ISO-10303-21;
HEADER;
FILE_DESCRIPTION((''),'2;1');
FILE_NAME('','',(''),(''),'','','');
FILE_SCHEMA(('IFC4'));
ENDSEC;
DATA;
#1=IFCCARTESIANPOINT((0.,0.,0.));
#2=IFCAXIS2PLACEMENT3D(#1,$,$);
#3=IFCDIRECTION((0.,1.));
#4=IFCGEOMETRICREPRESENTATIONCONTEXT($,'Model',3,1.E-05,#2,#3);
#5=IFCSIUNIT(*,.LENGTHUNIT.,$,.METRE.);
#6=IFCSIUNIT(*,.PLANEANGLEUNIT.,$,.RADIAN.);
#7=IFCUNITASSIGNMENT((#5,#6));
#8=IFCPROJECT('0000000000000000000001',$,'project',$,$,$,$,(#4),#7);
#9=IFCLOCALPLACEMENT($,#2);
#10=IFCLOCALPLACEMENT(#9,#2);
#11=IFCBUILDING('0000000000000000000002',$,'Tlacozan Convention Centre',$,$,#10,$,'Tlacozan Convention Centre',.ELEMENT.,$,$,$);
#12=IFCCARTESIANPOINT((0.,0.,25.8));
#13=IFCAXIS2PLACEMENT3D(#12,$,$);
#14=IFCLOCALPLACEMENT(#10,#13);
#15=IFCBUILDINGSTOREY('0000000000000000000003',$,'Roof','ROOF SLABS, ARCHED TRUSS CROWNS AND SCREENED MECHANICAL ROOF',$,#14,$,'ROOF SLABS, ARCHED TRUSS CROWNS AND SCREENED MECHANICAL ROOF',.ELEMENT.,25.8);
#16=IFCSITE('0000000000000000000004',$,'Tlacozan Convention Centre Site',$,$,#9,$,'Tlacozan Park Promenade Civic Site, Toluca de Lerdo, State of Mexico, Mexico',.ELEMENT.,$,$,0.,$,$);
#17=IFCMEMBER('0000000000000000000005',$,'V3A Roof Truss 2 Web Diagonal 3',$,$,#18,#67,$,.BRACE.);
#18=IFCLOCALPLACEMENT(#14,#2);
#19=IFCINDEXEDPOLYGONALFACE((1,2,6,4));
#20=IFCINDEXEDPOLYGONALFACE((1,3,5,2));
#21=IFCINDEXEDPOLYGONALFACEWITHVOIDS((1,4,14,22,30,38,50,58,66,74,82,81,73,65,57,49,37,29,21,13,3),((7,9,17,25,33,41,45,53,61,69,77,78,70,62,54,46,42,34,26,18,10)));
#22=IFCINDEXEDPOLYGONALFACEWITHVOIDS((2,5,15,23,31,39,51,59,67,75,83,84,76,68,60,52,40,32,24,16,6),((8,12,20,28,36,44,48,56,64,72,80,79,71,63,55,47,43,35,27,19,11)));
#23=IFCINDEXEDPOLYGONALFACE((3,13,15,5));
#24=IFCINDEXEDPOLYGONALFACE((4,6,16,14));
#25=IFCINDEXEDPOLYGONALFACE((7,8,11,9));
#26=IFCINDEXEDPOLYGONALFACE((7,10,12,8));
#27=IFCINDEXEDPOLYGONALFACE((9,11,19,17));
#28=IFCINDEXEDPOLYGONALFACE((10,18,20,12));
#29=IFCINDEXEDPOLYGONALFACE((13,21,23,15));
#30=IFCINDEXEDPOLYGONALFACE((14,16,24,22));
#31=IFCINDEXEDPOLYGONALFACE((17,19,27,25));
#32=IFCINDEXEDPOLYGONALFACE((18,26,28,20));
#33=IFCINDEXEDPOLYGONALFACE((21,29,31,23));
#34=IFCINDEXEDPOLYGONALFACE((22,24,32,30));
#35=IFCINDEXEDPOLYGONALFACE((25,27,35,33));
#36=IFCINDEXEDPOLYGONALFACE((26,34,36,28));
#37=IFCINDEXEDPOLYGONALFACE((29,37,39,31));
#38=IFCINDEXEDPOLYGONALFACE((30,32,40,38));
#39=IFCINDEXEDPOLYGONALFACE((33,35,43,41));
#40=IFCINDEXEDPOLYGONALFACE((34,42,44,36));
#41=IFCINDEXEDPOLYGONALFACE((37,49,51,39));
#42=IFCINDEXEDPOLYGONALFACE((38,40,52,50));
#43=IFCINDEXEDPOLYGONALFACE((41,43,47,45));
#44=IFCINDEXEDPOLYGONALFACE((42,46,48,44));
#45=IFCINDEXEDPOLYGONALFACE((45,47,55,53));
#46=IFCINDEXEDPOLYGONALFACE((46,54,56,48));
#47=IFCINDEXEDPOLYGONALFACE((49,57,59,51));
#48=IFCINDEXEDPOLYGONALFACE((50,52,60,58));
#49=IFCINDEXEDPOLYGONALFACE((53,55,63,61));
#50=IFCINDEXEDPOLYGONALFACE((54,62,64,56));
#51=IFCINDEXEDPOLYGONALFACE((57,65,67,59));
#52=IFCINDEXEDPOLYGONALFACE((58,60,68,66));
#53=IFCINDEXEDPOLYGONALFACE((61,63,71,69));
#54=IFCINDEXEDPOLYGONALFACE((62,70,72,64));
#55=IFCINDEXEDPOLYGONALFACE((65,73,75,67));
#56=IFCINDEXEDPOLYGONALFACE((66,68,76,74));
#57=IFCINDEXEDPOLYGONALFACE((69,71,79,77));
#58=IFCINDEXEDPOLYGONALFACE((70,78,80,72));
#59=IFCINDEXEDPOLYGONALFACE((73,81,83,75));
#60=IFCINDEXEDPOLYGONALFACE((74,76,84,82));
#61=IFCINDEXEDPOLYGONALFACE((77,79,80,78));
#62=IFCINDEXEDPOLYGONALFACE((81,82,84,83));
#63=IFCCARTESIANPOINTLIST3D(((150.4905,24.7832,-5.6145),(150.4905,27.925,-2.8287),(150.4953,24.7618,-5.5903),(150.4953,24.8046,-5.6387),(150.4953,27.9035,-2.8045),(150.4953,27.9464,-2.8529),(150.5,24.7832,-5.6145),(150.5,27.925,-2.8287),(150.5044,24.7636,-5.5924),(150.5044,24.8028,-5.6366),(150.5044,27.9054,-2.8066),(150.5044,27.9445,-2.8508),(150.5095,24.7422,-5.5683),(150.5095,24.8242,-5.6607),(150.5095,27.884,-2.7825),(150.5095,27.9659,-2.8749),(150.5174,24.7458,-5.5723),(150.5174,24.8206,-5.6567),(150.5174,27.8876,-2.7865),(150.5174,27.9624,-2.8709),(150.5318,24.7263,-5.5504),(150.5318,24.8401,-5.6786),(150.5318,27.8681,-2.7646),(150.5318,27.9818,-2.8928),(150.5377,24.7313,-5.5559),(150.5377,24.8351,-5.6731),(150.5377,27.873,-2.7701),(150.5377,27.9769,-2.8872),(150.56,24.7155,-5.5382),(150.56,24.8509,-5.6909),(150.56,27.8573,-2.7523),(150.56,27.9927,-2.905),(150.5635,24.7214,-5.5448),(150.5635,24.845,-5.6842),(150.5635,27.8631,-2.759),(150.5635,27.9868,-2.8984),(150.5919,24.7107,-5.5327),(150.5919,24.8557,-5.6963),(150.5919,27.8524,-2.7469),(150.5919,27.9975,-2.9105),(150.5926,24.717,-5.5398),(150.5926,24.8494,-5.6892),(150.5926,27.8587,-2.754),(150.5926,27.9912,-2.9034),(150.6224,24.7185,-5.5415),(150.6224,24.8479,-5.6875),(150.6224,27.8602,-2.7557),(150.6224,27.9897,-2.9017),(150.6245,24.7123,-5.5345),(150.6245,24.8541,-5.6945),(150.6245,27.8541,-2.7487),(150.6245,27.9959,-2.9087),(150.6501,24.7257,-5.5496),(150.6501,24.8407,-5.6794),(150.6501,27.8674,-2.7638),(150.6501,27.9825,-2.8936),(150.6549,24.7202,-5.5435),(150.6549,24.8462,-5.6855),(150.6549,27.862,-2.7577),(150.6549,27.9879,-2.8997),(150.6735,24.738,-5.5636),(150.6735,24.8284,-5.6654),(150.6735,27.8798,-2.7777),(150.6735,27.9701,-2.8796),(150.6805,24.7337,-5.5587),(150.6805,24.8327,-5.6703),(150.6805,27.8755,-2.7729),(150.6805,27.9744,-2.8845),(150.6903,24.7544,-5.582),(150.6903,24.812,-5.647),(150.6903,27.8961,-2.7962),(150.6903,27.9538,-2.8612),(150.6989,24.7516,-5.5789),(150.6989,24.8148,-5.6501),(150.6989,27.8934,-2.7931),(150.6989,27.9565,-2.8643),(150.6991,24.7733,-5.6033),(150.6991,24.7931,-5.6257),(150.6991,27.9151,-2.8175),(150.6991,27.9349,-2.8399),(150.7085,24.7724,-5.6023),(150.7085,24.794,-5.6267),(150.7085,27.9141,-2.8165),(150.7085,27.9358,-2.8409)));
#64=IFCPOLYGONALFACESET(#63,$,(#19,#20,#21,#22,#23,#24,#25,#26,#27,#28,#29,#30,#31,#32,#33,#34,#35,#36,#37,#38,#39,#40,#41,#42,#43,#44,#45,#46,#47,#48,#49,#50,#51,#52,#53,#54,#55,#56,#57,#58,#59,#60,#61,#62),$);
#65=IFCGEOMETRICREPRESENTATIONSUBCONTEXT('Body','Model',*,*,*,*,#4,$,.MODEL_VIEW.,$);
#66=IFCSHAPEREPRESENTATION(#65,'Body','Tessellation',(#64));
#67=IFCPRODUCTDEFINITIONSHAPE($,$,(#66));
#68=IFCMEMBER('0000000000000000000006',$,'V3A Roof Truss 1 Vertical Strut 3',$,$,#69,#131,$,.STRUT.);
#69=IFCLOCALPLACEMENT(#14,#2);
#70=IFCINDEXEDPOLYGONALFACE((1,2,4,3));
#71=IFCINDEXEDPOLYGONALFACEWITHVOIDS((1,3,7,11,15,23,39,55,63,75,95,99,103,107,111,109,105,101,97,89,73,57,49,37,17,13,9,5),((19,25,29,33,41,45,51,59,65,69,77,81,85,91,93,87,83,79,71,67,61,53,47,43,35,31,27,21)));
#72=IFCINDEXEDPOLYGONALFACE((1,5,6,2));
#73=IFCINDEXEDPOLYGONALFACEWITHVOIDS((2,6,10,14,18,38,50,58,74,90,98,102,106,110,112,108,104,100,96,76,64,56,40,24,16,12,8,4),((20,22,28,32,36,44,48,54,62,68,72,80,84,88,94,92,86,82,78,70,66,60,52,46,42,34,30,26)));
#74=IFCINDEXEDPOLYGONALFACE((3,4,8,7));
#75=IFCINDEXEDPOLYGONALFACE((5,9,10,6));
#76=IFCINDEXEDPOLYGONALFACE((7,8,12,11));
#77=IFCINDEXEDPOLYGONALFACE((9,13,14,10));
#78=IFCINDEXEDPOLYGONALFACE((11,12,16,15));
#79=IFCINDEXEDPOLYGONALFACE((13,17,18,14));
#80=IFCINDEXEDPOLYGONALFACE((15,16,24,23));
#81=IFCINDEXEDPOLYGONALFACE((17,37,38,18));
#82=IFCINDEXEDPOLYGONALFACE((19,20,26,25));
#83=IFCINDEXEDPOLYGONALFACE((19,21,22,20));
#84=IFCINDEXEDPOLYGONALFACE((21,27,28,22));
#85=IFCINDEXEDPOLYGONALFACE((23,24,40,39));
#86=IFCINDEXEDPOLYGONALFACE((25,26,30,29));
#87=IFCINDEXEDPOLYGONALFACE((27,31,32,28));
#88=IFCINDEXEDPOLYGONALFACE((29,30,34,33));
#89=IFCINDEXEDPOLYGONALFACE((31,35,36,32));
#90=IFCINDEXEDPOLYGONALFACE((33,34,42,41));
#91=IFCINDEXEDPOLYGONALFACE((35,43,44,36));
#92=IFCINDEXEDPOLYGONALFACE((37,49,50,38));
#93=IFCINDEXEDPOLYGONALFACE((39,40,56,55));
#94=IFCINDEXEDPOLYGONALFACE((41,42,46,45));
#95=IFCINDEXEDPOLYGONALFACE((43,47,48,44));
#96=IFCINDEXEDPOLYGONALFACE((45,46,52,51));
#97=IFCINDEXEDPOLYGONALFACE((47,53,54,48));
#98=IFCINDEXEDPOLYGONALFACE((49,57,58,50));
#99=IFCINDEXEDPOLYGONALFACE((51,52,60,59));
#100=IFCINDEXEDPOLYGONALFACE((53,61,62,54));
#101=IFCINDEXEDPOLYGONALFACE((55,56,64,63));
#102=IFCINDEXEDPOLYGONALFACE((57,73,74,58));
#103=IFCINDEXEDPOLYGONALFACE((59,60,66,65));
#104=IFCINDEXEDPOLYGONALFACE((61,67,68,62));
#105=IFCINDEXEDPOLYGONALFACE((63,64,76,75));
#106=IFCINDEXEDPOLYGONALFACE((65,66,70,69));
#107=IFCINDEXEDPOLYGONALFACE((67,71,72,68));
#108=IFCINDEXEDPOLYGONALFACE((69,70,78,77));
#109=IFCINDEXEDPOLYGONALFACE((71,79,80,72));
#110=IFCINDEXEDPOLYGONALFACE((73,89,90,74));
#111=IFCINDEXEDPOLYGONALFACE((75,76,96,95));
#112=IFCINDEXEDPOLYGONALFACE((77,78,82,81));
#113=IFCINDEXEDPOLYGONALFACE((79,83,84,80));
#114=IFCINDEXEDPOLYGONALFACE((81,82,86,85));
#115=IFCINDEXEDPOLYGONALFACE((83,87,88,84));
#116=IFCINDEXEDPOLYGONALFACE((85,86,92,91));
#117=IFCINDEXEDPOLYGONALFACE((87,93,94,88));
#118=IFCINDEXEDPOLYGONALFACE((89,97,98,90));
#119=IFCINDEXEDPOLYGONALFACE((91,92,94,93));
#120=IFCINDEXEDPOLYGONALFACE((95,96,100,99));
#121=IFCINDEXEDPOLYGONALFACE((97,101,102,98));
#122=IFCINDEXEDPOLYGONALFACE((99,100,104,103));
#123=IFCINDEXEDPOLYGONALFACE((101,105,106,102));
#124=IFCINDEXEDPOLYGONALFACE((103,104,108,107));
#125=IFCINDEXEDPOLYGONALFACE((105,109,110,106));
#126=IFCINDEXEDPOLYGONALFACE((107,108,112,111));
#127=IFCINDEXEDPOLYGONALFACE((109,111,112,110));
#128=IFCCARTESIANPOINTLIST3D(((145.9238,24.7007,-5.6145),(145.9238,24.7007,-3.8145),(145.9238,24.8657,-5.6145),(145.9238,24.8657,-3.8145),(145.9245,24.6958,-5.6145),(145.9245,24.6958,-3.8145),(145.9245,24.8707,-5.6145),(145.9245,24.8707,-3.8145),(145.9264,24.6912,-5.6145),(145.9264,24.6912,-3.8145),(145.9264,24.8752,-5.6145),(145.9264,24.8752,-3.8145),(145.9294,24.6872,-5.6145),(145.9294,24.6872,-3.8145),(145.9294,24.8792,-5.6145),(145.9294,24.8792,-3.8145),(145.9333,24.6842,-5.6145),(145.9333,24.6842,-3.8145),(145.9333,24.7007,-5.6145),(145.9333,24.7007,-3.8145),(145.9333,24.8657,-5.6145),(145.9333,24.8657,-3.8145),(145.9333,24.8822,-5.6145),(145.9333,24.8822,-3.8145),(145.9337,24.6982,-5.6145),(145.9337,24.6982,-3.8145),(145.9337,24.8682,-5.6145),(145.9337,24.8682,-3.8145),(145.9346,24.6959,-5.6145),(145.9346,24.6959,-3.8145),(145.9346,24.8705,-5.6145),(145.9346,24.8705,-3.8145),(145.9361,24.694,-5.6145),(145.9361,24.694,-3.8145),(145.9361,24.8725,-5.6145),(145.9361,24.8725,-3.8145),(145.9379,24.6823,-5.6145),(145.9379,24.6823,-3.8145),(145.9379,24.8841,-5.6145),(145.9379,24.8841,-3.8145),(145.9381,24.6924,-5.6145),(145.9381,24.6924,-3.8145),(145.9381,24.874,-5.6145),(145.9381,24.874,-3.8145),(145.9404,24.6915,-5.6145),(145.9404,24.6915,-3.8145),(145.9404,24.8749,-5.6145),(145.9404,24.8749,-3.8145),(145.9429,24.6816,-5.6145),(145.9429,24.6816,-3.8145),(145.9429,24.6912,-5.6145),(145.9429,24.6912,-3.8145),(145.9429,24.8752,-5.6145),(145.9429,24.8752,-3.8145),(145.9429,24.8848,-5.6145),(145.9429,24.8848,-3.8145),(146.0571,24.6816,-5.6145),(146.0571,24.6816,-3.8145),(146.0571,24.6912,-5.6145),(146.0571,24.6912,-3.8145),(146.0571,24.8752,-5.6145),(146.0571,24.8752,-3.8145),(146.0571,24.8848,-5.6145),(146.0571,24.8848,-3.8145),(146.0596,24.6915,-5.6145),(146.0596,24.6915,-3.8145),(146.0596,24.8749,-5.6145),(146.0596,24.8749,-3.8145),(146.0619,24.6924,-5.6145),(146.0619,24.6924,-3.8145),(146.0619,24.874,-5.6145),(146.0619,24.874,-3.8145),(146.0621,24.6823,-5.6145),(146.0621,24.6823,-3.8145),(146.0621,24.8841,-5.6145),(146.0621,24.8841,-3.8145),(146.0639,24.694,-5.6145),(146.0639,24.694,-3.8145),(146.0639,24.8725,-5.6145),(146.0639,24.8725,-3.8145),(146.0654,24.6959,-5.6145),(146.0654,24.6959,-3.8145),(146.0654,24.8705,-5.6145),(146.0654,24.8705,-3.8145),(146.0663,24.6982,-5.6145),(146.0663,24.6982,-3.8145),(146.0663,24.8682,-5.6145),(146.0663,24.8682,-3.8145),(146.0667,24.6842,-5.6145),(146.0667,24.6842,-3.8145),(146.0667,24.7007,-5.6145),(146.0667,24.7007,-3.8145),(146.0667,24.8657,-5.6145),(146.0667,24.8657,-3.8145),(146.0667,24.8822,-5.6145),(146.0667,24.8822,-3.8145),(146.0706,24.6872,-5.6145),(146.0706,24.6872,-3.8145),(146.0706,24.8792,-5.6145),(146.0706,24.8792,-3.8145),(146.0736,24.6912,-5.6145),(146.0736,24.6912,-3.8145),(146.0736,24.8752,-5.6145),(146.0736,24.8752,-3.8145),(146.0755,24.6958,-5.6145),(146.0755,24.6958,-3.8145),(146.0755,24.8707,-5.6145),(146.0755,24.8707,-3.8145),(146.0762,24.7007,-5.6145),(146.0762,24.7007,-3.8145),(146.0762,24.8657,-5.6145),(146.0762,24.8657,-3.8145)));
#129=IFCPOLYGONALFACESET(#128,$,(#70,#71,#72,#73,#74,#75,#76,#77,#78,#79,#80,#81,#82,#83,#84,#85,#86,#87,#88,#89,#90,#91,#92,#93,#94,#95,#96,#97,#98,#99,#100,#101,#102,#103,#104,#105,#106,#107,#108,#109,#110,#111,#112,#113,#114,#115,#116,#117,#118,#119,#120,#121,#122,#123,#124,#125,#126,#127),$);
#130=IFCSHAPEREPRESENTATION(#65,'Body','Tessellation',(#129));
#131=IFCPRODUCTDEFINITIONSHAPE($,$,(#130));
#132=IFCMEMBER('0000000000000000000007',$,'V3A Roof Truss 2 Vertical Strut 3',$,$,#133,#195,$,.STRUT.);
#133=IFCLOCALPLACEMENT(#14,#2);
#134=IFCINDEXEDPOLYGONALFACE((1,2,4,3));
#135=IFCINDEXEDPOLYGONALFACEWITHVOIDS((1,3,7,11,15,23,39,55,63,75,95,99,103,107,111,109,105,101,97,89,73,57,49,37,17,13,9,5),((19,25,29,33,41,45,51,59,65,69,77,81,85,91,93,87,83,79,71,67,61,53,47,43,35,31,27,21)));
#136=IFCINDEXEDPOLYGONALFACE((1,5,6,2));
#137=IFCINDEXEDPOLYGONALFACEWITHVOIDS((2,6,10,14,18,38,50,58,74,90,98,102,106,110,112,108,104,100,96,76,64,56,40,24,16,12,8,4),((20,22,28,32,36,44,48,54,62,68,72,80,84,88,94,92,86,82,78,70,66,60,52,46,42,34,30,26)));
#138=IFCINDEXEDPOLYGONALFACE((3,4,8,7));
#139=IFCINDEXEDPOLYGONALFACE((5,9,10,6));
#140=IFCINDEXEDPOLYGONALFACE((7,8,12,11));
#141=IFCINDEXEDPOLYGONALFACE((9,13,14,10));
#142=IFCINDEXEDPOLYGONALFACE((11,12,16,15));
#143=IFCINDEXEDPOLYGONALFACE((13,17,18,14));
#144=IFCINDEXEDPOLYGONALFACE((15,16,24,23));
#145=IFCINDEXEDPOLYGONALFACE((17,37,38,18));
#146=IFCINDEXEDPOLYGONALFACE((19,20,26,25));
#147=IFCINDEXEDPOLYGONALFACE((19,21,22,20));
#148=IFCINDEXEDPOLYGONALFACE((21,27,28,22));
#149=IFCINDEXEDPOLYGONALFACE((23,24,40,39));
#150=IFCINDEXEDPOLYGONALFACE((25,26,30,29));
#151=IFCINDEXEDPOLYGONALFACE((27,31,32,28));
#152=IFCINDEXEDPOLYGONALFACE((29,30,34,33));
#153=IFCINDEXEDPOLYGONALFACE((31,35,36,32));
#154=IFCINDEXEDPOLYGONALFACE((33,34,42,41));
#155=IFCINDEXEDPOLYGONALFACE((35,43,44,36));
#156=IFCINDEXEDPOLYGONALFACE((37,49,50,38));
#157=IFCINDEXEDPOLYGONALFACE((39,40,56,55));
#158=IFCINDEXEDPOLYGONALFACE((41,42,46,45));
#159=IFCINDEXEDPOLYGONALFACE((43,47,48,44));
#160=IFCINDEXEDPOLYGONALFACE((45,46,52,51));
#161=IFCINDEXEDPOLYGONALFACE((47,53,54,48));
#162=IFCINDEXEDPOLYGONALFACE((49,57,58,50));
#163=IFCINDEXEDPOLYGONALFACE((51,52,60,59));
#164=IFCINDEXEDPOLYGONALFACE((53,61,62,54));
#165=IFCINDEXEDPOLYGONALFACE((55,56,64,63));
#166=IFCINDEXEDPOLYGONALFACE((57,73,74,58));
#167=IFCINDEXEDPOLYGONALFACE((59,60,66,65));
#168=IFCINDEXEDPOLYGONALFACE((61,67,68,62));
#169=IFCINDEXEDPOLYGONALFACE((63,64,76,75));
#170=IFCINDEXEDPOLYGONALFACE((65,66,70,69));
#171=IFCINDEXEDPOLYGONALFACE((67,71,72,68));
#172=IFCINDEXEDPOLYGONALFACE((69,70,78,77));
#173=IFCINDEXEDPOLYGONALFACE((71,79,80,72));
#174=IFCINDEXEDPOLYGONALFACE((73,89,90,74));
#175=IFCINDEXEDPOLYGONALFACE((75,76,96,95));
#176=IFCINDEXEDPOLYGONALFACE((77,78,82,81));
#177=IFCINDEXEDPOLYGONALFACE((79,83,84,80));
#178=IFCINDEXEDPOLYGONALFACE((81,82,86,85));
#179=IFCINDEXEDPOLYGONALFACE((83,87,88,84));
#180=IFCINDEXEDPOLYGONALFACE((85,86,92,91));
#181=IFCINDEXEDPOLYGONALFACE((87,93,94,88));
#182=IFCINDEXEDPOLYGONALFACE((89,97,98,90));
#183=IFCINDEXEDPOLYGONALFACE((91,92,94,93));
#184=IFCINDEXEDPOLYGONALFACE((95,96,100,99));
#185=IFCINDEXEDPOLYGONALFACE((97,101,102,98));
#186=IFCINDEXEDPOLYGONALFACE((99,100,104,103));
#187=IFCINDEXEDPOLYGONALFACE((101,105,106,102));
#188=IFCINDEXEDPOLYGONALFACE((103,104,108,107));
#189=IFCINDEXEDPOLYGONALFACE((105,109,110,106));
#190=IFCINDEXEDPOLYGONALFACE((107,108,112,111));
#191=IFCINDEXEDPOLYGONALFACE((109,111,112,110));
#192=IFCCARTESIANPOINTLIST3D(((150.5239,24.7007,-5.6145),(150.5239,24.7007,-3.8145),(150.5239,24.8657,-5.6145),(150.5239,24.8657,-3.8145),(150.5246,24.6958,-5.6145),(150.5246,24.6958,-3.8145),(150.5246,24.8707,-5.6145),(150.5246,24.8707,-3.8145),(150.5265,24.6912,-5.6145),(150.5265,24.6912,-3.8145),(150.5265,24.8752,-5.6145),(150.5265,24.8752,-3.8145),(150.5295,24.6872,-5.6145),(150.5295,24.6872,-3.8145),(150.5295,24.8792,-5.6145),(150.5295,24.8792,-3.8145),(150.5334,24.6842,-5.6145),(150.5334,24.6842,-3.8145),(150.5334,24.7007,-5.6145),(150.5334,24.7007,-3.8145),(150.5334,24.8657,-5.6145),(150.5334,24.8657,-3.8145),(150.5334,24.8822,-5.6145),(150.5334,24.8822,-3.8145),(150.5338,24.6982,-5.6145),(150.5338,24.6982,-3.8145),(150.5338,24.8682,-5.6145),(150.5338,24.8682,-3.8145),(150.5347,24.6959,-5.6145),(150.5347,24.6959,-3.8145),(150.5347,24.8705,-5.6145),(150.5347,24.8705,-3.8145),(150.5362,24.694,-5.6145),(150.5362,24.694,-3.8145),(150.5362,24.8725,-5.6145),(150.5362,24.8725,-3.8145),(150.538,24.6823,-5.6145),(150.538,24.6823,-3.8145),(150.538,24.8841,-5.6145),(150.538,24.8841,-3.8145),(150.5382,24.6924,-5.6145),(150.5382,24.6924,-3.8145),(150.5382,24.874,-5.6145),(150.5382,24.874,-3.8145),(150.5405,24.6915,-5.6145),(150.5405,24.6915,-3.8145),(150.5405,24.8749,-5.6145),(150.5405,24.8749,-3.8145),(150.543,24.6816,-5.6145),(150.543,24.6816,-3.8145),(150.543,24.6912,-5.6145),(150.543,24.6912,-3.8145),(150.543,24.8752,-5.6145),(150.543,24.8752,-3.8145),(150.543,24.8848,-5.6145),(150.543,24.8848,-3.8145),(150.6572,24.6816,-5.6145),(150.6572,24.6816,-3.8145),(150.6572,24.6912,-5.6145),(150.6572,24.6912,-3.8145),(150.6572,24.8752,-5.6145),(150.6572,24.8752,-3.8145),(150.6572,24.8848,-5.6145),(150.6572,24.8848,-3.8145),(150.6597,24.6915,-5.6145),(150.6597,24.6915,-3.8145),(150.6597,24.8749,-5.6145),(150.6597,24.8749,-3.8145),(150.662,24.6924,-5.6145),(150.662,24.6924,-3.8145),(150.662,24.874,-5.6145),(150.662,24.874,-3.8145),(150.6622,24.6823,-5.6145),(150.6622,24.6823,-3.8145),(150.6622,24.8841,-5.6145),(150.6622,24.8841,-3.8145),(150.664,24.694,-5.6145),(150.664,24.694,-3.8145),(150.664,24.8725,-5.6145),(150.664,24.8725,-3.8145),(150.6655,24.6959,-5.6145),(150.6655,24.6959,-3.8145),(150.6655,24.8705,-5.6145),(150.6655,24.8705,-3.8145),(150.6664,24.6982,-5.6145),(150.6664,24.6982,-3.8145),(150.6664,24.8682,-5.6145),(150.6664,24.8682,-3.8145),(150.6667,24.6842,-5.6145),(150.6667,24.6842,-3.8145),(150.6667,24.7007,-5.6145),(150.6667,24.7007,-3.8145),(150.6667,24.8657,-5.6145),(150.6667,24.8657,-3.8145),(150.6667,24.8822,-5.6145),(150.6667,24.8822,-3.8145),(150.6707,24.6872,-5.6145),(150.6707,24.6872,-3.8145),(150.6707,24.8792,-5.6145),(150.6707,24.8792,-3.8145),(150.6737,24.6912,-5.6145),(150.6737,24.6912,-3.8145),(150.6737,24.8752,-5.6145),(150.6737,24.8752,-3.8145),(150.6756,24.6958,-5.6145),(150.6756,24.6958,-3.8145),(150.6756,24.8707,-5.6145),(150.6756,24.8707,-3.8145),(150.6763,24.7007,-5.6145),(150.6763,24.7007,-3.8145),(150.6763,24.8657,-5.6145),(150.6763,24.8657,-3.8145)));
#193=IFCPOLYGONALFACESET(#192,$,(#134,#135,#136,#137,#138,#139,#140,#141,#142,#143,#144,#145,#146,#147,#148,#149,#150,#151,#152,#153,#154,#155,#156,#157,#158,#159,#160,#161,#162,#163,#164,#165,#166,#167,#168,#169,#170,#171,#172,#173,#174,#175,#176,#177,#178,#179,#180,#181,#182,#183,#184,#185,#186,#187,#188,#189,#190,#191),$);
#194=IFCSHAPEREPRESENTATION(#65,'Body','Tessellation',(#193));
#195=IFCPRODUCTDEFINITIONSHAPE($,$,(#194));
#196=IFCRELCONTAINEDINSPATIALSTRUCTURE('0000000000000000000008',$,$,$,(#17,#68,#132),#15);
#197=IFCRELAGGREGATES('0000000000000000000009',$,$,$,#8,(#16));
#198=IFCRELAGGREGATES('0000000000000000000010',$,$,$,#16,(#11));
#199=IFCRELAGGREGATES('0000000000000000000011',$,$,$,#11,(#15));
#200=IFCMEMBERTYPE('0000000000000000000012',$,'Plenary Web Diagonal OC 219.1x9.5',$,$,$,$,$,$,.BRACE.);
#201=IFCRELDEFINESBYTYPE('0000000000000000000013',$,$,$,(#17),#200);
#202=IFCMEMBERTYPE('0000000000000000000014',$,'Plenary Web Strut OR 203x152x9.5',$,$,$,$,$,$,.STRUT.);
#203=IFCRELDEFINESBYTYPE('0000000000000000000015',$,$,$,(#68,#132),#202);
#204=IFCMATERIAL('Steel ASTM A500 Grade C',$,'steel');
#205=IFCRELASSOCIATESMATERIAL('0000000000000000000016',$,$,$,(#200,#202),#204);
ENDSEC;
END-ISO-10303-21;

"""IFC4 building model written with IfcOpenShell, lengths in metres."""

from ifc_helpers import new_model, si_unit, direction, frame, origin, origin_2d, place, context, subcontext, project, spatial, hollow_rectangle, hollow_circle, extrude, material, material_profile, profile_set, type_object, element, save


model = new_model("IFC4")

# Units and contexts
model_context = context("Model", 3, precision=1e-05, world=origin(), true_north=direction((0.0, 1.0)))
body_context = subcontext(model_context, "Body", "Model", "MODEL_VIEW")
ifc_project = project(units=[si_unit("LENGTHUNIT", "METRE"), si_unit("PLANEANGLEUNIT", "RADIAN")], contexts=[model_context])

# Site, building, storey
site_placement = place(None, origin())
site = spatial("IfcSite", under=ifc_project, at=site_placement, Name="Tlacozan Convention Centre Site", LongName="Tlacozan Park Promenade Civic Site, Toluca de Lerdo, State of Mexico, Mexico", CompositionType="ELEMENT", RefElevation=0.0)
building_placement = place(site_placement, origin())
building = spatial("IfcBuilding", under=site, at=building_placement, Name="Tlacozan Convention Centre", LongName="Tlacozan Convention Centre", CompositionType="ELEMENT")
storey_placement = place(building_placement, frame((0.0, 0.0, 25.8)))
storey = spatial("IfcBuildingStorey", under=building, at=storey_placement, Name="Roof", Description="ROOF SLABS, ARCHED TRUSS CROWNS AND SCREENED MECHANICAL ROOF", LongName="ROOF SLABS, ARCHED TRUSS CROWNS AND SCREENED MECHANICAL ROOF", CompositionType="ELEMENT", Elevation=25.8)

# Members
ifc_material_1 = material(Name="Steel ASTM A500 Grade C", Category="steel")
ifc_material_profile_1 = material_profile(ifc_material_1, hollow_circle(Radius=0.1096, WallThickness=0.0095, at=origin_2d()), Name="OC 219.1x9.5")
ifc_profile_set_1 = profile_set([ifc_material_profile_1], Name="Steel ASTM A500 Grade C")
member_type_1 = type_object("IfcMemberType", Name="Plenary Web Diagonal OC 219.1x9.5", PredefinedType="BRACE", material=ifc_profile_set_1)
member_1_placement = place(storey_placement, frame((150.6001, 24.7832, -5.6145), z_axis=(0.0, 0.74822, 0.66345), x_axis=(-1.0, 0.0, 0.0)))
element("IfcMember", 1, at=member_1_placement, inside=storey, type_object=member_type_1, Name="V3A Roof Truss 2 Web Diagonal 3", PredefinedType="BRACE", context=body_context, shape_type="SweptSolid", body=[
    extrude(hollow_circle(Radius=0.1096, WallThickness=0.0095, at=origin_2d()), origin(), (0.0, 0.0, 1.0), 4.199),
])
ifc_material_profile_2 = material_profile(ifc_material_1, hollow_rectangle(XDim=0.1523, YDim=0.2031, WallThickness=0.0095, InnerFilletRadius=0.0095, OuterFilletRadius=0.019, at=origin_2d()), Name="OR 203x152x9.5")
ifc_profile_set_2 = profile_set([ifc_material_profile_2], Name="Steel ASTM A500 Grade C")
member_type_2 = type_object("IfcMemberType", Name="Plenary Web Strut OR 203x152x9.5", PredefinedType="STRUT", material=ifc_profile_set_2)
for number, where, z_axis, x_axis, name in (
    (2, (146.0, 24.7832, -5.6145), (0.0, 0.0, 1.0), (1.0, 0.0, 0.0), "V3A Roof Truss 1 Vertical Strut 3"),
    (3, (150.6001, 24.7832, -5.6145), (0.0, 0.0, 1.0), (1.0, 0.0, 0.0), "V3A Roof Truss 2 Vertical Strut 3"),
):
    element("IfcMember", number, at=place(storey_placement, frame(where, z_axis=z_axis, x_axis=x_axis)), inside=storey, type_object=member_type_2, Name=name, PredefinedType="STRUT", context=body_context, shape_type="SweptSolid", body=[
        extrude(hollow_rectangle(XDim=0.1523, YDim=0.2031, WallThickness=0.0095, InnerFilletRadius=0.0095, OuterFilletRadius=0.019, at=origin_2d()), origin(), (0.0, 0.0, 1.0), 1.8),
    ])

save(model, "model.ifc")
